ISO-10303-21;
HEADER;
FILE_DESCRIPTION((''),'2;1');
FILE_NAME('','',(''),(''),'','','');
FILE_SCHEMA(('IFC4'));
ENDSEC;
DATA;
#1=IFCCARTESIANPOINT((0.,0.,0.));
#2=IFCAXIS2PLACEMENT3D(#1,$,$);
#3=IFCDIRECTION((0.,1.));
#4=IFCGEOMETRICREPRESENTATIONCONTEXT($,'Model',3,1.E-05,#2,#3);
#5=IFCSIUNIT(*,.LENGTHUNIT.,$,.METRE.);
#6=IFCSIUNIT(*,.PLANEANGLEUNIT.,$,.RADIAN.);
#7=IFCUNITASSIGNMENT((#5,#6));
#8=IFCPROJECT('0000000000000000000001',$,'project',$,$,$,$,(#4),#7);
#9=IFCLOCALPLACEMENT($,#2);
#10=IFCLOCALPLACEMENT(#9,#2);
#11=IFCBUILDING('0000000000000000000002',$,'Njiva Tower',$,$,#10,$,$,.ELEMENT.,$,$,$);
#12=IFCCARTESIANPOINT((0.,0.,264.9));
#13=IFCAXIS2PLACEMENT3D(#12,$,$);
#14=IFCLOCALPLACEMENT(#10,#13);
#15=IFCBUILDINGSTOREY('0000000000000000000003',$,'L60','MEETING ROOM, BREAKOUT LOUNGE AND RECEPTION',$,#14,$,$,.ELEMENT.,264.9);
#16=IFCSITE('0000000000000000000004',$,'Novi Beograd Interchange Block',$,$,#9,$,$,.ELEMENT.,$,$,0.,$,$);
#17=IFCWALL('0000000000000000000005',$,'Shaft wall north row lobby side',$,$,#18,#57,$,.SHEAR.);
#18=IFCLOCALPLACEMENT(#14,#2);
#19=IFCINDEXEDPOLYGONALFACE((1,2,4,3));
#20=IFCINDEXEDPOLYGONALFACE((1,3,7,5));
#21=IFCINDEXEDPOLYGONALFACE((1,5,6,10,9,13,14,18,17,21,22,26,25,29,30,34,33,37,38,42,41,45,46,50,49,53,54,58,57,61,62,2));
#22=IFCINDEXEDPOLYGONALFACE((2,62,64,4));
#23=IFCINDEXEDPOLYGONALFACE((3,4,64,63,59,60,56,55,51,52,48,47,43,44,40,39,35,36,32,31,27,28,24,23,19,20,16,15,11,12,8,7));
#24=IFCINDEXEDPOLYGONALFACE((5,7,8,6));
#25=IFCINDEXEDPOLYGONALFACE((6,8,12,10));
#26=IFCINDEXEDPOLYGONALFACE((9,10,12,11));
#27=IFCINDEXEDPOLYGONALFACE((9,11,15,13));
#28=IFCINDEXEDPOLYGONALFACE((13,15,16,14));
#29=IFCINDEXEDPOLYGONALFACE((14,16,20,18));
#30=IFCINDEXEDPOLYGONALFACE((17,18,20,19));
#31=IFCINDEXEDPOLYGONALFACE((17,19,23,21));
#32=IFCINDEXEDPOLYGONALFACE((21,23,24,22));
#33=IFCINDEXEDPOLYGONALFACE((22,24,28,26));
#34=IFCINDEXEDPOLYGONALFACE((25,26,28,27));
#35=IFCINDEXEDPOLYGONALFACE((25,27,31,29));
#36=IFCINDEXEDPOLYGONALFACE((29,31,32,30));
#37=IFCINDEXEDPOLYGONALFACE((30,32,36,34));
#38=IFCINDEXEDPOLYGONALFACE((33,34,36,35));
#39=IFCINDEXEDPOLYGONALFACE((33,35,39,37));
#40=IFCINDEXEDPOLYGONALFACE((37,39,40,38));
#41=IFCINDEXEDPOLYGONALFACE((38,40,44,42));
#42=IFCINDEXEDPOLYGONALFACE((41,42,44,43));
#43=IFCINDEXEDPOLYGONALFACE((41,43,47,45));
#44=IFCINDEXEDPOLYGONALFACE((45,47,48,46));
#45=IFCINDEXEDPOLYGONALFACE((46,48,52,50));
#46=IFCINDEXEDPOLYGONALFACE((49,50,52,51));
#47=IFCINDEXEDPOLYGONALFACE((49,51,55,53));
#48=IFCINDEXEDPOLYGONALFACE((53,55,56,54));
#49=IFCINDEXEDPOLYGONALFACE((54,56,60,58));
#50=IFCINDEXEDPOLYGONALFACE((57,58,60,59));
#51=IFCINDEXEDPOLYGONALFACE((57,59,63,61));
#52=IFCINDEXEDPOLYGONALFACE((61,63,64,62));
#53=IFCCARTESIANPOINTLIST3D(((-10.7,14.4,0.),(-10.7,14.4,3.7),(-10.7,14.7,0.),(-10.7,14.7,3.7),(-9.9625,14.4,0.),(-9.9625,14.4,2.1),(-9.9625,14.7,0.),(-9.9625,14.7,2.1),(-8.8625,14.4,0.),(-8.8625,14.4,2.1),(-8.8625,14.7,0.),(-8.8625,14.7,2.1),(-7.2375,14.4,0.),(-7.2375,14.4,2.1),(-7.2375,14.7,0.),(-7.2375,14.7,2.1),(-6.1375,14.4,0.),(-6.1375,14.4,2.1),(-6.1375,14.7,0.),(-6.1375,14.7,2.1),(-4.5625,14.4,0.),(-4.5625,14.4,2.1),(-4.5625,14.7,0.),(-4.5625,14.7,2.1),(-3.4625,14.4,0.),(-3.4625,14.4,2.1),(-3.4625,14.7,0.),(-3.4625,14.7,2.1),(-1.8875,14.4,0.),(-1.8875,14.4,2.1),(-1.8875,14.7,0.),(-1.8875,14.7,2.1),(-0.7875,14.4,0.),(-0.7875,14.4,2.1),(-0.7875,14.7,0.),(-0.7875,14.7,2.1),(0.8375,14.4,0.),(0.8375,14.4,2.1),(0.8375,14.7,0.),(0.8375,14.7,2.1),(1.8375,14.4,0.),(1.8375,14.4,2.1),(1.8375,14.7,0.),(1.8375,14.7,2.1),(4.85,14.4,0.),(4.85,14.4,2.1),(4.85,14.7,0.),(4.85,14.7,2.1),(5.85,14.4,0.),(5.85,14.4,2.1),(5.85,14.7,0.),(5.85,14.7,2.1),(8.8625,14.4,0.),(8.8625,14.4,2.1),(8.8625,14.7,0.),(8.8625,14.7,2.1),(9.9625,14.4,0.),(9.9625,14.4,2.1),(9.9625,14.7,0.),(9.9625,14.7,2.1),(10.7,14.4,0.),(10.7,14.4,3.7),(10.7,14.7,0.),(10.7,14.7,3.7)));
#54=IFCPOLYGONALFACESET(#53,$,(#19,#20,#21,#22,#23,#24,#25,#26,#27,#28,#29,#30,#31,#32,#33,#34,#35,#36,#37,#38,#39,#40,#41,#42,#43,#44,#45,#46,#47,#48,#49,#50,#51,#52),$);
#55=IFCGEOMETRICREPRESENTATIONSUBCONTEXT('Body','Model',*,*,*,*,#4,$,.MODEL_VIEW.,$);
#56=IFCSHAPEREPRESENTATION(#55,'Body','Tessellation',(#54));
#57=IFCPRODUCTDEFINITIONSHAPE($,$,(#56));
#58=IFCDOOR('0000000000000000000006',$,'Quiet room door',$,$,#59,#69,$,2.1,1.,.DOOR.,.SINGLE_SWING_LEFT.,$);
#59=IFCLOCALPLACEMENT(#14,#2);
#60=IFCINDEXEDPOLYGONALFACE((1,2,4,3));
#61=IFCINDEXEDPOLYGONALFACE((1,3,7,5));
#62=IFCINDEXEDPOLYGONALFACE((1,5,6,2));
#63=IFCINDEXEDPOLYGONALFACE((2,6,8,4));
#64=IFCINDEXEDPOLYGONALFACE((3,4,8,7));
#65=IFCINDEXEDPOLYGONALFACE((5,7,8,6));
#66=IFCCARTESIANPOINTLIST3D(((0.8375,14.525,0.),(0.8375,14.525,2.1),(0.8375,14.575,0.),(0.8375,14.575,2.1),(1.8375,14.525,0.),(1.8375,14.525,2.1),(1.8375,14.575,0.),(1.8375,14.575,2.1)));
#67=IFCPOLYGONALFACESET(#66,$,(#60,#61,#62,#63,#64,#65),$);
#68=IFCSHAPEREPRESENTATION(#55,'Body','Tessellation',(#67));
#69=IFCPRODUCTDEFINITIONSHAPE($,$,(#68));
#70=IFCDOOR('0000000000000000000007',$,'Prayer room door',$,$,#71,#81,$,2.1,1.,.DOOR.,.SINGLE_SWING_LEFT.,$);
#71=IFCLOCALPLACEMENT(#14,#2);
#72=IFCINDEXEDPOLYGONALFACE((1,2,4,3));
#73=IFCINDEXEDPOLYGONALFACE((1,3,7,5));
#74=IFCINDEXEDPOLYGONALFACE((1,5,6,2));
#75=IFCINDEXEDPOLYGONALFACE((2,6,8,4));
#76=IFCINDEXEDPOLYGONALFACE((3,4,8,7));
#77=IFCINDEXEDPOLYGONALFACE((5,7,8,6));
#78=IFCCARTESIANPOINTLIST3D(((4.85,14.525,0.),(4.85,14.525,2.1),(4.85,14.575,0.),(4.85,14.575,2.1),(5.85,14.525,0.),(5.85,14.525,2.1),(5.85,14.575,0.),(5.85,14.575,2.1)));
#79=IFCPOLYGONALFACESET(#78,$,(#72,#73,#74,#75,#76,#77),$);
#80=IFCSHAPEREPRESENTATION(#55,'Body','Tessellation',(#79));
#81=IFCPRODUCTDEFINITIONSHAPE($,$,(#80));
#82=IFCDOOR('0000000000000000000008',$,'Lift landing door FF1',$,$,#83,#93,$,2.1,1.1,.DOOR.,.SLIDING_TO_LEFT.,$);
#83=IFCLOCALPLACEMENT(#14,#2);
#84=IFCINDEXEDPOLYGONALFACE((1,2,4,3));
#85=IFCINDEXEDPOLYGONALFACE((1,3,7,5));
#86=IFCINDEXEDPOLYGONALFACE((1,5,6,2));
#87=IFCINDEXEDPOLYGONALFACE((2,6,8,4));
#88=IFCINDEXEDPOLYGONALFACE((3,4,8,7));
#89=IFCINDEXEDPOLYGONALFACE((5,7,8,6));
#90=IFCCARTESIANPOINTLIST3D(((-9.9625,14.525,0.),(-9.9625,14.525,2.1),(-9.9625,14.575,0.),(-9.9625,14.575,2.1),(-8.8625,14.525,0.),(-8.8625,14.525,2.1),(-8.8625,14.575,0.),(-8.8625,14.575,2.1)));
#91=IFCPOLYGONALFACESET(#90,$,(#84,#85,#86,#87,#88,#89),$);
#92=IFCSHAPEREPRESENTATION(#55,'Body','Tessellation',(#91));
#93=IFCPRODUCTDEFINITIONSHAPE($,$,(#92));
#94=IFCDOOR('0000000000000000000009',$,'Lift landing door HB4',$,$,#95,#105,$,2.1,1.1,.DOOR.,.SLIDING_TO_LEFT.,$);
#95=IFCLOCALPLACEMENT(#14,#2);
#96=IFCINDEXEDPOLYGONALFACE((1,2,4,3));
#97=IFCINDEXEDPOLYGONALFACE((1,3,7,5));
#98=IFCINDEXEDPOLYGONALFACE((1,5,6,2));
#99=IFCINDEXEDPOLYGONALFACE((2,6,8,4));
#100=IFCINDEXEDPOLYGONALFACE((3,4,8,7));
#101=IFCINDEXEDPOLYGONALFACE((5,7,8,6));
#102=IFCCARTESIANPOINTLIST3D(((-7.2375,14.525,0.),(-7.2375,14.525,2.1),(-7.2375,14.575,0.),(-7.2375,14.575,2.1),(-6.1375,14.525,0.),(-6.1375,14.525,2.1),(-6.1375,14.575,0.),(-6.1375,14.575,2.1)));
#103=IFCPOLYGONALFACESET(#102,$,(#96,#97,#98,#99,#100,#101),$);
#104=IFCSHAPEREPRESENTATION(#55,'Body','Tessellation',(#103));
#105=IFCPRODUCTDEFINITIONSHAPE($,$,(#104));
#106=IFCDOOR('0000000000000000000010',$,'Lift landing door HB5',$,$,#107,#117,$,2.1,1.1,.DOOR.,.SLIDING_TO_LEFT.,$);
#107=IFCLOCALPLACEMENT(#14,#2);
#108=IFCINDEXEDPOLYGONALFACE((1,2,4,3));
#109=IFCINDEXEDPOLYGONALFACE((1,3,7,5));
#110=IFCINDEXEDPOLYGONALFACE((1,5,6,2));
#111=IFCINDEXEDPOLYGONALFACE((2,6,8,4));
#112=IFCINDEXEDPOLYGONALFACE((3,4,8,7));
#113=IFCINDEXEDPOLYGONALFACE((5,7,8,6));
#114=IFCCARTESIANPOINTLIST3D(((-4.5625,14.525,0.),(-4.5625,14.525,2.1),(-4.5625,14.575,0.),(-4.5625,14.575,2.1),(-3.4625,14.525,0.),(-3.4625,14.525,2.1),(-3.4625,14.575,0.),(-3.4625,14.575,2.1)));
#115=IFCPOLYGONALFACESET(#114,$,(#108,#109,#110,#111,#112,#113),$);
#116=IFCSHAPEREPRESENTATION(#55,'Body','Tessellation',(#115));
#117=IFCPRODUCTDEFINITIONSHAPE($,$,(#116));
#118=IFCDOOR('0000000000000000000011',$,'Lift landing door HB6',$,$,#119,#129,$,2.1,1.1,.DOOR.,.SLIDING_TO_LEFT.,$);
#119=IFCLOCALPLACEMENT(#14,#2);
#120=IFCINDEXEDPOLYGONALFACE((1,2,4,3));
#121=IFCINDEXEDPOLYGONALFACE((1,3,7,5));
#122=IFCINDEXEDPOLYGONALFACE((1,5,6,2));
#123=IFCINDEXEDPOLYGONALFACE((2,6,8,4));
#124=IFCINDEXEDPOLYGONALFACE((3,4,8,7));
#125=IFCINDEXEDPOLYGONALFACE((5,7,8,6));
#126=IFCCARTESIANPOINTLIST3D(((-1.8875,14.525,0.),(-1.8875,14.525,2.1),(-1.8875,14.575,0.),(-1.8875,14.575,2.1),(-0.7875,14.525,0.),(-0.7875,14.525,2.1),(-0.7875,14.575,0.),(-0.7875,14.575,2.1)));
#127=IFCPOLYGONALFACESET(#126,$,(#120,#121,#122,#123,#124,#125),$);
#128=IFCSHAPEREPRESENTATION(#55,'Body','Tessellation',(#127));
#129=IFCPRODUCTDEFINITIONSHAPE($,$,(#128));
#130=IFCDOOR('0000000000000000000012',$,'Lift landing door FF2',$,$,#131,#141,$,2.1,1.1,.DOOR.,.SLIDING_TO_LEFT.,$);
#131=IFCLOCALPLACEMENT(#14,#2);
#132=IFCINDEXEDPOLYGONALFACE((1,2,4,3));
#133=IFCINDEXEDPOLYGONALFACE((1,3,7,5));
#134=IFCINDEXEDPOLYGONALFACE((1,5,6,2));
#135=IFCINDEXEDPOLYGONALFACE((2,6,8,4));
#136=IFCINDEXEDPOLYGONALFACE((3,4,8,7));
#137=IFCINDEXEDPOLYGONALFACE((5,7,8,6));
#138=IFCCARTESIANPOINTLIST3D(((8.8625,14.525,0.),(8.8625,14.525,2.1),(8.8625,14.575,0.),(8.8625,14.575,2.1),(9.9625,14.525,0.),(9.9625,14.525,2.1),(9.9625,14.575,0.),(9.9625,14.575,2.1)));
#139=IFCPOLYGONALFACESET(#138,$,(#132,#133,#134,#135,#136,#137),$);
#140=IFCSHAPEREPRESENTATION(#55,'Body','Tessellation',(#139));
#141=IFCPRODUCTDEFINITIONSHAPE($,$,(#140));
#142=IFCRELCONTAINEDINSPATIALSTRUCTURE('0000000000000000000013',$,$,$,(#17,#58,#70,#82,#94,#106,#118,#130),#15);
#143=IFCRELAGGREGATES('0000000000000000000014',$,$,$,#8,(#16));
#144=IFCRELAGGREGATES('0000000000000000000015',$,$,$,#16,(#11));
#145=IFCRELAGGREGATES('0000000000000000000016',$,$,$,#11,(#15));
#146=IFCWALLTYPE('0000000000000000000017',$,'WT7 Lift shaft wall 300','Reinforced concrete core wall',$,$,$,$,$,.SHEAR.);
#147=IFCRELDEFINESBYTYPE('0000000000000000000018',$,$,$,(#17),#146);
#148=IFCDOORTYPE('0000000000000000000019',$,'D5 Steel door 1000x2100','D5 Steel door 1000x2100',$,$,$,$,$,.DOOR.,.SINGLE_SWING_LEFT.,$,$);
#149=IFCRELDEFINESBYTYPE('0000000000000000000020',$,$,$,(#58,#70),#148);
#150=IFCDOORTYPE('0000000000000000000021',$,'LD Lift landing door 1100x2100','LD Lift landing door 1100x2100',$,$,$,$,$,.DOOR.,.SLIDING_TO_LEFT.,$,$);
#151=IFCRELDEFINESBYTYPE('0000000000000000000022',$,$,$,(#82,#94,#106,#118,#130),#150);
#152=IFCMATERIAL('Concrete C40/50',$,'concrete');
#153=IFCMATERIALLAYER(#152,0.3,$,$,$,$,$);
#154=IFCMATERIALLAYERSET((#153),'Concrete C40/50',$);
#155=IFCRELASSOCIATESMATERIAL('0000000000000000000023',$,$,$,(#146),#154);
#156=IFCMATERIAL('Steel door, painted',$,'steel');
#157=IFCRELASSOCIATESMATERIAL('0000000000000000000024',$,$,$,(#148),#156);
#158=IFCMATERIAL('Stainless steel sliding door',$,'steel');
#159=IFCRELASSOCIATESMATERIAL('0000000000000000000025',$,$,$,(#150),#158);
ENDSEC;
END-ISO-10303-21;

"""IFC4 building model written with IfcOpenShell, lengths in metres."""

from ifc_helpers import new_model, si_unit, direction, frame, frame_2d, origin, place, context, subcontext, project, spatial, rectangle, extrude, material, layer, layer_set, type_object, element, fill, save


model = new_model("IFC4")

# Units and contexts
model_context = context("Model", 3, precision=1e-05, world=origin(), true_north=direction((0.0, 1.0)))
body_context = subcontext(model_context, "Body", "Model", "MODEL_VIEW")
ifc_project = project(units=[si_unit("LENGTHUNIT", "METRE"), si_unit("PLANEANGLEUNIT", "RADIAN")], contexts=[model_context])

# Site, building, storey
site_placement = place(None, origin())
site = spatial("IfcSite", under=ifc_project, at=site_placement, Name="Novi Beograd Interchange Block", CompositionType="ELEMENT", RefElevation=0.0)
building_placement = place(site_placement, origin())
building = spatial("IfcBuilding", under=site, at=building_placement, Name="Njiva Tower", CompositionType="ELEMENT")
storey_placement = place(building_placement, frame((0.0, 0.0, 264.9)))
storey = spatial("IfcBuildingStorey", under=building, at=storey_placement, Name="L60", Description="MEETING ROOM, BREAKOUT LOUNGE AND RECEPTION", CompositionType="ELEMENT", Elevation=264.9)

# Shared definitions
ifc_material_1 = material(Name="Concrete C40/50", Category="concrete")

# Wall, openings, doors
ifc_layer_1 = layer(ifc_material_1, 0.3)
ifc_layer_set_1 = layer_set([ifc_layer_1], Name="Concrete C40/50")
wall_type_1 = type_object("IfcWallType", Name="WT7 Lift shaft wall 300", Description="Reinforced concrete core wall", PredefinedType="SHEAR", material=ifc_layer_set_1)
wall_placement = place(storey_placement, frame((-10.7, 14.55, 0.0), z_axis=(0.0, 0.0, 1.0), x_axis=(1.0, 0.0, 0.0)))
wall = element("IfcWall", 1, at=wall_placement, inside=storey, type_object=wall_type_1, Name="Shaft wall north row lobby side", PredefinedType="SHEAR", context=body_context, shape_type="SweptSolid", body=[
    extrude(rectangle(XDim=21.4, YDim=0.3, at=frame_2d((10.7, 0.0))), origin(), (0.0, 0.0, 1.0), 3.7),
])
opening_1_placement = place(wall_placement, frame((0.7375, 0.0, 0.0)))
opening_1 = element("IfcOpeningElement", 2, at=opening_1_placement, cuts=wall, PredefinedType="OPENING", context=body_context, shape_type="SweptSolid", body=[
    extrude(rectangle(XDim=1.1, YDim=2.1, at=frame_2d((0.55, 1.05))), frame((0.0, 0.16, 0.0), z_axis=(0.0, -1.0, 0.0), x_axis=(1.0, 0.0, 0.0)), (0.0, 0.0, 1.0), 0.32),
])
opening_2_placement = place(wall_placement, frame((3.4625, 0.0, 0.0)))
opening_2 = element("IfcOpeningElement", 3, at=opening_2_placement, cuts=wall, PredefinedType="OPENING", context=body_context, shape_type="SweptSolid", body=[
    extrude(rectangle(XDim=1.1, YDim=2.1, at=frame_2d((0.55, 1.05))), frame((0.0, 0.16, 0.0), z_axis=(0.0, -1.0, 0.0), x_axis=(1.0, 0.0, 0.0)), (0.0, 0.0, 1.0), 0.32),
])
opening_3_placement = place(wall_placement, frame((6.1375, 0.0, 0.0)))
opening_3 = element("IfcOpeningElement", 4, at=opening_3_placement, cuts=wall, PredefinedType="OPENING", context=body_context, shape_type="SweptSolid", body=[
    extrude(rectangle(XDim=1.1, YDim=2.1, at=frame_2d((0.55, 1.05))), frame((0.0, 0.16, 0.0), z_axis=(0.0, -1.0, 0.0), x_axis=(1.0, 0.0, 0.0)), (0.0, 0.0, 1.0), 0.32),
])
opening_4_placement = place(wall_placement, frame((8.8125, 0.0, 0.0)))
opening_4 = element("IfcOpeningElement", 5, at=opening_4_placement, cuts=wall, PredefinedType="OPENING", context=body_context, shape_type="SweptSolid", body=[
    extrude(rectangle(XDim=1.1, YDim=2.1, at=frame_2d((0.55, 1.05))), frame((0.0, 0.16, 0.0), z_axis=(0.0, -1.0, 0.0), x_axis=(1.0, 0.0, 0.0)), (0.0, 0.0, 1.0), 0.32),
])
opening_5_placement = place(wall_placement, frame((19.5625, 0.0, 0.0)))
opening_5 = element("IfcOpeningElement", 6, at=opening_5_placement, cuts=wall, PredefinedType="OPENING", context=body_context, shape_type="SweptSolid", body=[
    extrude(rectangle(XDim=1.1, YDim=2.1, at=frame_2d((0.55, 1.05))), frame((0.0, 0.16, 0.0), z_axis=(0.0, -1.0, 0.0), x_axis=(1.0, 0.0, 0.0)), (0.0, 0.0, 1.0), 0.32),
])
opening_6_placement = place(wall_placement, frame((11.5375, 0.0, 0.0)))
opening_6 = element("IfcOpeningElement", 7, at=opening_6_placement, cuts=wall, PredefinedType="OPENING", context=body_context, shape_type="SweptSolid", body=[
    extrude(rectangle(XDim=1.0, YDim=2.1, at=frame_2d((0.5, 1.05))), frame((0.0, 0.16, 0.0), z_axis=(0.0, -1.0, 0.0), x_axis=(1.0, 0.0, 0.0)), (0.0, 0.0, 1.0), 0.32),
])
opening_7_placement = place(wall_placement, frame((15.55, 0.0, 0.0)))
opening_7 = element("IfcOpeningElement", 8, at=opening_7_placement, cuts=wall, PredefinedType="OPENING", context=body_context, shape_type="SweptSolid", body=[
    extrude(rectangle(XDim=1.0, YDim=2.1, at=frame_2d((0.5, 1.05))), frame((0.0, 0.16, 0.0), z_axis=(0.0, -1.0, 0.0), x_axis=(1.0, 0.0, 0.0)), (0.0, 0.0, 1.0), 0.32),
])
ifc_material_2 = material(Name="Steel door, painted", Category="steel")
door_type_1 = type_object("IfcDoorType", Name="D5 Steel door 1000x2100", Description="D5 Steel door 1000x2100", OperationType="SINGLE_SWING_LEFT", PredefinedType="DOOR", material=ifc_material_2)
door_1_placement = place(opening_6_placement, origin())
door_1 = element("IfcDoor", 9, at=door_1_placement, inside=storey, type_object=door_type_1, Name="Quiet room door", OperationType="SINGLE_SWING_LEFT", OverallHeight=2.1, OverallWidth=1.0, PredefinedType="DOOR", context=body_context, shape_type="SweptSolid", body=[
    extrude(rectangle(XDim=1.0, YDim=2.1, at=frame_2d((0.5, 1.05))), frame((0.0, 0.025, 0.0), z_axis=(0.0, -1.0, 0.0), x_axis=(1.0, 0.0, 0.0)), (0.0, 0.0, 1.0), 0.05),
])
fill(opening_6, door_1)
door_2_placement = place(opening_7_placement, origin())
door_2 = element("IfcDoor", 10, at=door_2_placement, inside=storey, type_object=door_type_1, Name="Prayer room door", OperationType="SINGLE_SWING_LEFT", OverallHeight=2.1, OverallWidth=1.0, PredefinedType="DOOR", context=body_context, shape_type="SweptSolid", body=[
    extrude(rectangle(XDim=1.0, YDim=2.1, at=frame_2d((0.5, 1.05))), frame((0.0, 0.025, 0.0), z_axis=(0.0, -1.0, 0.0), x_axis=(1.0, 0.0, 0.0)), (0.0, 0.0, 1.0), 0.05),
])
fill(opening_7, door_2)
ifc_material_3 = material(Name="Stainless steel sliding door", Category="steel")
door_type_2 = type_object("IfcDoorType", Name="LD Lift landing door 1100x2100", Description="LD Lift landing door 1100x2100", OperationType="SLIDING_TO_LEFT", PredefinedType="DOOR", material=ifc_material_3)
door_3_placement = place(opening_1_placement, origin())
door_3 = element("IfcDoor", 11, at=door_3_placement, inside=storey, type_object=door_type_2, Name="Lift landing door FF1", OperationType="SLIDING_TO_LEFT", OverallHeight=2.1, OverallWidth=1.1, PredefinedType="DOOR", context=body_context, shape_type="SweptSolid", body=[
    extrude(rectangle(XDim=1.1, YDim=2.1, at=frame_2d((0.55, 1.05))), frame((0.0, 0.025, 0.0), z_axis=(0.0, -1.0, 0.0), x_axis=(1.0, 0.0, 0.0)), (0.0, 0.0, 1.0), 0.05),
])
fill(opening_1, door_3)
door_4_placement = place(opening_2_placement, origin())
door_4 = element("IfcDoor", 12, at=door_4_placement, inside=storey, type_object=door_type_2, Name="Lift landing door HB4", OperationType="SLIDING_TO_LEFT", OverallHeight=2.1, OverallWidth=1.1, PredefinedType="DOOR", context=body_context, shape_type="SweptSolid", body=[
    extrude(rectangle(XDim=1.1, YDim=2.1, at=frame_2d((0.55, 1.05))), frame((0.0, 0.025, 0.0), z_axis=(0.0, -1.0, 0.0), x_axis=(1.0, 0.0, 0.0)), (0.0, 0.0, 1.0), 0.05),
])
fill(opening_2, door_4)
door_5_placement = place(opening_3_placement, origin())
door_5 = element("IfcDoor", 13, at=door_5_placement, inside=storey, type_object=door_type_2, Name="Lift landing door HB5", OperationType="SLIDING_TO_LEFT", OverallHeight=2.1, OverallWidth=1.1, PredefinedType="DOOR", context=body_context, shape_type="SweptSolid", body=[
    extrude(rectangle(XDim=1.1, YDim=2.1, at=frame_2d((0.55, 1.05))), frame((0.0, 0.025, 0.0), z_axis=(0.0, -1.0, 0.0), x_axis=(1.0, 0.0, 0.0)), (0.0, 0.0, 1.0), 0.05),
])
fill(opening_3, door_5)
door_6_placement = place(opening_4_placement, origin())
door_6 = element("IfcDoor", 14, at=door_6_placement, inside=storey, type_object=door_type_2, Name="Lift landing door HB6", OperationType="SLIDING_TO_LEFT", OverallHeight=2.1, OverallWidth=1.1, PredefinedType="DOOR", context=body_context, shape_type="SweptSolid", body=[
    extrude(rectangle(XDim=1.1, YDim=2.1, at=frame_2d((0.55, 1.05))), frame((0.0, 0.025, 0.0), z_axis=(0.0, -1.0, 0.0), x_axis=(1.0, 0.0, 0.0)), (0.0, 0.0, 1.0), 0.05),
])
fill(opening_4, door_6)
door_7_placement = place(opening_5_placement, origin())
door_7 = element("IfcDoor", 15, at=door_7_placement, inside=storey, type_object=door_type_2, Name="Lift landing door FF2", OperationType="SLIDING_TO_LEFT", OverallHeight=2.1, OverallWidth=1.1, PredefinedType="DOOR", context=body_context, shape_type="SweptSolid", body=[
    extrude(rectangle(XDim=1.1, YDim=2.1, at=frame_2d((0.55, 1.05))), frame((0.0, 0.025, 0.0), z_axis=(0.0, -1.0, 0.0), x_axis=(1.0, 0.0, 0.0)), (0.0, 0.0, 1.0), 0.05),
])
fill(opening_5, door_7)

save(model, "model.ifc")
